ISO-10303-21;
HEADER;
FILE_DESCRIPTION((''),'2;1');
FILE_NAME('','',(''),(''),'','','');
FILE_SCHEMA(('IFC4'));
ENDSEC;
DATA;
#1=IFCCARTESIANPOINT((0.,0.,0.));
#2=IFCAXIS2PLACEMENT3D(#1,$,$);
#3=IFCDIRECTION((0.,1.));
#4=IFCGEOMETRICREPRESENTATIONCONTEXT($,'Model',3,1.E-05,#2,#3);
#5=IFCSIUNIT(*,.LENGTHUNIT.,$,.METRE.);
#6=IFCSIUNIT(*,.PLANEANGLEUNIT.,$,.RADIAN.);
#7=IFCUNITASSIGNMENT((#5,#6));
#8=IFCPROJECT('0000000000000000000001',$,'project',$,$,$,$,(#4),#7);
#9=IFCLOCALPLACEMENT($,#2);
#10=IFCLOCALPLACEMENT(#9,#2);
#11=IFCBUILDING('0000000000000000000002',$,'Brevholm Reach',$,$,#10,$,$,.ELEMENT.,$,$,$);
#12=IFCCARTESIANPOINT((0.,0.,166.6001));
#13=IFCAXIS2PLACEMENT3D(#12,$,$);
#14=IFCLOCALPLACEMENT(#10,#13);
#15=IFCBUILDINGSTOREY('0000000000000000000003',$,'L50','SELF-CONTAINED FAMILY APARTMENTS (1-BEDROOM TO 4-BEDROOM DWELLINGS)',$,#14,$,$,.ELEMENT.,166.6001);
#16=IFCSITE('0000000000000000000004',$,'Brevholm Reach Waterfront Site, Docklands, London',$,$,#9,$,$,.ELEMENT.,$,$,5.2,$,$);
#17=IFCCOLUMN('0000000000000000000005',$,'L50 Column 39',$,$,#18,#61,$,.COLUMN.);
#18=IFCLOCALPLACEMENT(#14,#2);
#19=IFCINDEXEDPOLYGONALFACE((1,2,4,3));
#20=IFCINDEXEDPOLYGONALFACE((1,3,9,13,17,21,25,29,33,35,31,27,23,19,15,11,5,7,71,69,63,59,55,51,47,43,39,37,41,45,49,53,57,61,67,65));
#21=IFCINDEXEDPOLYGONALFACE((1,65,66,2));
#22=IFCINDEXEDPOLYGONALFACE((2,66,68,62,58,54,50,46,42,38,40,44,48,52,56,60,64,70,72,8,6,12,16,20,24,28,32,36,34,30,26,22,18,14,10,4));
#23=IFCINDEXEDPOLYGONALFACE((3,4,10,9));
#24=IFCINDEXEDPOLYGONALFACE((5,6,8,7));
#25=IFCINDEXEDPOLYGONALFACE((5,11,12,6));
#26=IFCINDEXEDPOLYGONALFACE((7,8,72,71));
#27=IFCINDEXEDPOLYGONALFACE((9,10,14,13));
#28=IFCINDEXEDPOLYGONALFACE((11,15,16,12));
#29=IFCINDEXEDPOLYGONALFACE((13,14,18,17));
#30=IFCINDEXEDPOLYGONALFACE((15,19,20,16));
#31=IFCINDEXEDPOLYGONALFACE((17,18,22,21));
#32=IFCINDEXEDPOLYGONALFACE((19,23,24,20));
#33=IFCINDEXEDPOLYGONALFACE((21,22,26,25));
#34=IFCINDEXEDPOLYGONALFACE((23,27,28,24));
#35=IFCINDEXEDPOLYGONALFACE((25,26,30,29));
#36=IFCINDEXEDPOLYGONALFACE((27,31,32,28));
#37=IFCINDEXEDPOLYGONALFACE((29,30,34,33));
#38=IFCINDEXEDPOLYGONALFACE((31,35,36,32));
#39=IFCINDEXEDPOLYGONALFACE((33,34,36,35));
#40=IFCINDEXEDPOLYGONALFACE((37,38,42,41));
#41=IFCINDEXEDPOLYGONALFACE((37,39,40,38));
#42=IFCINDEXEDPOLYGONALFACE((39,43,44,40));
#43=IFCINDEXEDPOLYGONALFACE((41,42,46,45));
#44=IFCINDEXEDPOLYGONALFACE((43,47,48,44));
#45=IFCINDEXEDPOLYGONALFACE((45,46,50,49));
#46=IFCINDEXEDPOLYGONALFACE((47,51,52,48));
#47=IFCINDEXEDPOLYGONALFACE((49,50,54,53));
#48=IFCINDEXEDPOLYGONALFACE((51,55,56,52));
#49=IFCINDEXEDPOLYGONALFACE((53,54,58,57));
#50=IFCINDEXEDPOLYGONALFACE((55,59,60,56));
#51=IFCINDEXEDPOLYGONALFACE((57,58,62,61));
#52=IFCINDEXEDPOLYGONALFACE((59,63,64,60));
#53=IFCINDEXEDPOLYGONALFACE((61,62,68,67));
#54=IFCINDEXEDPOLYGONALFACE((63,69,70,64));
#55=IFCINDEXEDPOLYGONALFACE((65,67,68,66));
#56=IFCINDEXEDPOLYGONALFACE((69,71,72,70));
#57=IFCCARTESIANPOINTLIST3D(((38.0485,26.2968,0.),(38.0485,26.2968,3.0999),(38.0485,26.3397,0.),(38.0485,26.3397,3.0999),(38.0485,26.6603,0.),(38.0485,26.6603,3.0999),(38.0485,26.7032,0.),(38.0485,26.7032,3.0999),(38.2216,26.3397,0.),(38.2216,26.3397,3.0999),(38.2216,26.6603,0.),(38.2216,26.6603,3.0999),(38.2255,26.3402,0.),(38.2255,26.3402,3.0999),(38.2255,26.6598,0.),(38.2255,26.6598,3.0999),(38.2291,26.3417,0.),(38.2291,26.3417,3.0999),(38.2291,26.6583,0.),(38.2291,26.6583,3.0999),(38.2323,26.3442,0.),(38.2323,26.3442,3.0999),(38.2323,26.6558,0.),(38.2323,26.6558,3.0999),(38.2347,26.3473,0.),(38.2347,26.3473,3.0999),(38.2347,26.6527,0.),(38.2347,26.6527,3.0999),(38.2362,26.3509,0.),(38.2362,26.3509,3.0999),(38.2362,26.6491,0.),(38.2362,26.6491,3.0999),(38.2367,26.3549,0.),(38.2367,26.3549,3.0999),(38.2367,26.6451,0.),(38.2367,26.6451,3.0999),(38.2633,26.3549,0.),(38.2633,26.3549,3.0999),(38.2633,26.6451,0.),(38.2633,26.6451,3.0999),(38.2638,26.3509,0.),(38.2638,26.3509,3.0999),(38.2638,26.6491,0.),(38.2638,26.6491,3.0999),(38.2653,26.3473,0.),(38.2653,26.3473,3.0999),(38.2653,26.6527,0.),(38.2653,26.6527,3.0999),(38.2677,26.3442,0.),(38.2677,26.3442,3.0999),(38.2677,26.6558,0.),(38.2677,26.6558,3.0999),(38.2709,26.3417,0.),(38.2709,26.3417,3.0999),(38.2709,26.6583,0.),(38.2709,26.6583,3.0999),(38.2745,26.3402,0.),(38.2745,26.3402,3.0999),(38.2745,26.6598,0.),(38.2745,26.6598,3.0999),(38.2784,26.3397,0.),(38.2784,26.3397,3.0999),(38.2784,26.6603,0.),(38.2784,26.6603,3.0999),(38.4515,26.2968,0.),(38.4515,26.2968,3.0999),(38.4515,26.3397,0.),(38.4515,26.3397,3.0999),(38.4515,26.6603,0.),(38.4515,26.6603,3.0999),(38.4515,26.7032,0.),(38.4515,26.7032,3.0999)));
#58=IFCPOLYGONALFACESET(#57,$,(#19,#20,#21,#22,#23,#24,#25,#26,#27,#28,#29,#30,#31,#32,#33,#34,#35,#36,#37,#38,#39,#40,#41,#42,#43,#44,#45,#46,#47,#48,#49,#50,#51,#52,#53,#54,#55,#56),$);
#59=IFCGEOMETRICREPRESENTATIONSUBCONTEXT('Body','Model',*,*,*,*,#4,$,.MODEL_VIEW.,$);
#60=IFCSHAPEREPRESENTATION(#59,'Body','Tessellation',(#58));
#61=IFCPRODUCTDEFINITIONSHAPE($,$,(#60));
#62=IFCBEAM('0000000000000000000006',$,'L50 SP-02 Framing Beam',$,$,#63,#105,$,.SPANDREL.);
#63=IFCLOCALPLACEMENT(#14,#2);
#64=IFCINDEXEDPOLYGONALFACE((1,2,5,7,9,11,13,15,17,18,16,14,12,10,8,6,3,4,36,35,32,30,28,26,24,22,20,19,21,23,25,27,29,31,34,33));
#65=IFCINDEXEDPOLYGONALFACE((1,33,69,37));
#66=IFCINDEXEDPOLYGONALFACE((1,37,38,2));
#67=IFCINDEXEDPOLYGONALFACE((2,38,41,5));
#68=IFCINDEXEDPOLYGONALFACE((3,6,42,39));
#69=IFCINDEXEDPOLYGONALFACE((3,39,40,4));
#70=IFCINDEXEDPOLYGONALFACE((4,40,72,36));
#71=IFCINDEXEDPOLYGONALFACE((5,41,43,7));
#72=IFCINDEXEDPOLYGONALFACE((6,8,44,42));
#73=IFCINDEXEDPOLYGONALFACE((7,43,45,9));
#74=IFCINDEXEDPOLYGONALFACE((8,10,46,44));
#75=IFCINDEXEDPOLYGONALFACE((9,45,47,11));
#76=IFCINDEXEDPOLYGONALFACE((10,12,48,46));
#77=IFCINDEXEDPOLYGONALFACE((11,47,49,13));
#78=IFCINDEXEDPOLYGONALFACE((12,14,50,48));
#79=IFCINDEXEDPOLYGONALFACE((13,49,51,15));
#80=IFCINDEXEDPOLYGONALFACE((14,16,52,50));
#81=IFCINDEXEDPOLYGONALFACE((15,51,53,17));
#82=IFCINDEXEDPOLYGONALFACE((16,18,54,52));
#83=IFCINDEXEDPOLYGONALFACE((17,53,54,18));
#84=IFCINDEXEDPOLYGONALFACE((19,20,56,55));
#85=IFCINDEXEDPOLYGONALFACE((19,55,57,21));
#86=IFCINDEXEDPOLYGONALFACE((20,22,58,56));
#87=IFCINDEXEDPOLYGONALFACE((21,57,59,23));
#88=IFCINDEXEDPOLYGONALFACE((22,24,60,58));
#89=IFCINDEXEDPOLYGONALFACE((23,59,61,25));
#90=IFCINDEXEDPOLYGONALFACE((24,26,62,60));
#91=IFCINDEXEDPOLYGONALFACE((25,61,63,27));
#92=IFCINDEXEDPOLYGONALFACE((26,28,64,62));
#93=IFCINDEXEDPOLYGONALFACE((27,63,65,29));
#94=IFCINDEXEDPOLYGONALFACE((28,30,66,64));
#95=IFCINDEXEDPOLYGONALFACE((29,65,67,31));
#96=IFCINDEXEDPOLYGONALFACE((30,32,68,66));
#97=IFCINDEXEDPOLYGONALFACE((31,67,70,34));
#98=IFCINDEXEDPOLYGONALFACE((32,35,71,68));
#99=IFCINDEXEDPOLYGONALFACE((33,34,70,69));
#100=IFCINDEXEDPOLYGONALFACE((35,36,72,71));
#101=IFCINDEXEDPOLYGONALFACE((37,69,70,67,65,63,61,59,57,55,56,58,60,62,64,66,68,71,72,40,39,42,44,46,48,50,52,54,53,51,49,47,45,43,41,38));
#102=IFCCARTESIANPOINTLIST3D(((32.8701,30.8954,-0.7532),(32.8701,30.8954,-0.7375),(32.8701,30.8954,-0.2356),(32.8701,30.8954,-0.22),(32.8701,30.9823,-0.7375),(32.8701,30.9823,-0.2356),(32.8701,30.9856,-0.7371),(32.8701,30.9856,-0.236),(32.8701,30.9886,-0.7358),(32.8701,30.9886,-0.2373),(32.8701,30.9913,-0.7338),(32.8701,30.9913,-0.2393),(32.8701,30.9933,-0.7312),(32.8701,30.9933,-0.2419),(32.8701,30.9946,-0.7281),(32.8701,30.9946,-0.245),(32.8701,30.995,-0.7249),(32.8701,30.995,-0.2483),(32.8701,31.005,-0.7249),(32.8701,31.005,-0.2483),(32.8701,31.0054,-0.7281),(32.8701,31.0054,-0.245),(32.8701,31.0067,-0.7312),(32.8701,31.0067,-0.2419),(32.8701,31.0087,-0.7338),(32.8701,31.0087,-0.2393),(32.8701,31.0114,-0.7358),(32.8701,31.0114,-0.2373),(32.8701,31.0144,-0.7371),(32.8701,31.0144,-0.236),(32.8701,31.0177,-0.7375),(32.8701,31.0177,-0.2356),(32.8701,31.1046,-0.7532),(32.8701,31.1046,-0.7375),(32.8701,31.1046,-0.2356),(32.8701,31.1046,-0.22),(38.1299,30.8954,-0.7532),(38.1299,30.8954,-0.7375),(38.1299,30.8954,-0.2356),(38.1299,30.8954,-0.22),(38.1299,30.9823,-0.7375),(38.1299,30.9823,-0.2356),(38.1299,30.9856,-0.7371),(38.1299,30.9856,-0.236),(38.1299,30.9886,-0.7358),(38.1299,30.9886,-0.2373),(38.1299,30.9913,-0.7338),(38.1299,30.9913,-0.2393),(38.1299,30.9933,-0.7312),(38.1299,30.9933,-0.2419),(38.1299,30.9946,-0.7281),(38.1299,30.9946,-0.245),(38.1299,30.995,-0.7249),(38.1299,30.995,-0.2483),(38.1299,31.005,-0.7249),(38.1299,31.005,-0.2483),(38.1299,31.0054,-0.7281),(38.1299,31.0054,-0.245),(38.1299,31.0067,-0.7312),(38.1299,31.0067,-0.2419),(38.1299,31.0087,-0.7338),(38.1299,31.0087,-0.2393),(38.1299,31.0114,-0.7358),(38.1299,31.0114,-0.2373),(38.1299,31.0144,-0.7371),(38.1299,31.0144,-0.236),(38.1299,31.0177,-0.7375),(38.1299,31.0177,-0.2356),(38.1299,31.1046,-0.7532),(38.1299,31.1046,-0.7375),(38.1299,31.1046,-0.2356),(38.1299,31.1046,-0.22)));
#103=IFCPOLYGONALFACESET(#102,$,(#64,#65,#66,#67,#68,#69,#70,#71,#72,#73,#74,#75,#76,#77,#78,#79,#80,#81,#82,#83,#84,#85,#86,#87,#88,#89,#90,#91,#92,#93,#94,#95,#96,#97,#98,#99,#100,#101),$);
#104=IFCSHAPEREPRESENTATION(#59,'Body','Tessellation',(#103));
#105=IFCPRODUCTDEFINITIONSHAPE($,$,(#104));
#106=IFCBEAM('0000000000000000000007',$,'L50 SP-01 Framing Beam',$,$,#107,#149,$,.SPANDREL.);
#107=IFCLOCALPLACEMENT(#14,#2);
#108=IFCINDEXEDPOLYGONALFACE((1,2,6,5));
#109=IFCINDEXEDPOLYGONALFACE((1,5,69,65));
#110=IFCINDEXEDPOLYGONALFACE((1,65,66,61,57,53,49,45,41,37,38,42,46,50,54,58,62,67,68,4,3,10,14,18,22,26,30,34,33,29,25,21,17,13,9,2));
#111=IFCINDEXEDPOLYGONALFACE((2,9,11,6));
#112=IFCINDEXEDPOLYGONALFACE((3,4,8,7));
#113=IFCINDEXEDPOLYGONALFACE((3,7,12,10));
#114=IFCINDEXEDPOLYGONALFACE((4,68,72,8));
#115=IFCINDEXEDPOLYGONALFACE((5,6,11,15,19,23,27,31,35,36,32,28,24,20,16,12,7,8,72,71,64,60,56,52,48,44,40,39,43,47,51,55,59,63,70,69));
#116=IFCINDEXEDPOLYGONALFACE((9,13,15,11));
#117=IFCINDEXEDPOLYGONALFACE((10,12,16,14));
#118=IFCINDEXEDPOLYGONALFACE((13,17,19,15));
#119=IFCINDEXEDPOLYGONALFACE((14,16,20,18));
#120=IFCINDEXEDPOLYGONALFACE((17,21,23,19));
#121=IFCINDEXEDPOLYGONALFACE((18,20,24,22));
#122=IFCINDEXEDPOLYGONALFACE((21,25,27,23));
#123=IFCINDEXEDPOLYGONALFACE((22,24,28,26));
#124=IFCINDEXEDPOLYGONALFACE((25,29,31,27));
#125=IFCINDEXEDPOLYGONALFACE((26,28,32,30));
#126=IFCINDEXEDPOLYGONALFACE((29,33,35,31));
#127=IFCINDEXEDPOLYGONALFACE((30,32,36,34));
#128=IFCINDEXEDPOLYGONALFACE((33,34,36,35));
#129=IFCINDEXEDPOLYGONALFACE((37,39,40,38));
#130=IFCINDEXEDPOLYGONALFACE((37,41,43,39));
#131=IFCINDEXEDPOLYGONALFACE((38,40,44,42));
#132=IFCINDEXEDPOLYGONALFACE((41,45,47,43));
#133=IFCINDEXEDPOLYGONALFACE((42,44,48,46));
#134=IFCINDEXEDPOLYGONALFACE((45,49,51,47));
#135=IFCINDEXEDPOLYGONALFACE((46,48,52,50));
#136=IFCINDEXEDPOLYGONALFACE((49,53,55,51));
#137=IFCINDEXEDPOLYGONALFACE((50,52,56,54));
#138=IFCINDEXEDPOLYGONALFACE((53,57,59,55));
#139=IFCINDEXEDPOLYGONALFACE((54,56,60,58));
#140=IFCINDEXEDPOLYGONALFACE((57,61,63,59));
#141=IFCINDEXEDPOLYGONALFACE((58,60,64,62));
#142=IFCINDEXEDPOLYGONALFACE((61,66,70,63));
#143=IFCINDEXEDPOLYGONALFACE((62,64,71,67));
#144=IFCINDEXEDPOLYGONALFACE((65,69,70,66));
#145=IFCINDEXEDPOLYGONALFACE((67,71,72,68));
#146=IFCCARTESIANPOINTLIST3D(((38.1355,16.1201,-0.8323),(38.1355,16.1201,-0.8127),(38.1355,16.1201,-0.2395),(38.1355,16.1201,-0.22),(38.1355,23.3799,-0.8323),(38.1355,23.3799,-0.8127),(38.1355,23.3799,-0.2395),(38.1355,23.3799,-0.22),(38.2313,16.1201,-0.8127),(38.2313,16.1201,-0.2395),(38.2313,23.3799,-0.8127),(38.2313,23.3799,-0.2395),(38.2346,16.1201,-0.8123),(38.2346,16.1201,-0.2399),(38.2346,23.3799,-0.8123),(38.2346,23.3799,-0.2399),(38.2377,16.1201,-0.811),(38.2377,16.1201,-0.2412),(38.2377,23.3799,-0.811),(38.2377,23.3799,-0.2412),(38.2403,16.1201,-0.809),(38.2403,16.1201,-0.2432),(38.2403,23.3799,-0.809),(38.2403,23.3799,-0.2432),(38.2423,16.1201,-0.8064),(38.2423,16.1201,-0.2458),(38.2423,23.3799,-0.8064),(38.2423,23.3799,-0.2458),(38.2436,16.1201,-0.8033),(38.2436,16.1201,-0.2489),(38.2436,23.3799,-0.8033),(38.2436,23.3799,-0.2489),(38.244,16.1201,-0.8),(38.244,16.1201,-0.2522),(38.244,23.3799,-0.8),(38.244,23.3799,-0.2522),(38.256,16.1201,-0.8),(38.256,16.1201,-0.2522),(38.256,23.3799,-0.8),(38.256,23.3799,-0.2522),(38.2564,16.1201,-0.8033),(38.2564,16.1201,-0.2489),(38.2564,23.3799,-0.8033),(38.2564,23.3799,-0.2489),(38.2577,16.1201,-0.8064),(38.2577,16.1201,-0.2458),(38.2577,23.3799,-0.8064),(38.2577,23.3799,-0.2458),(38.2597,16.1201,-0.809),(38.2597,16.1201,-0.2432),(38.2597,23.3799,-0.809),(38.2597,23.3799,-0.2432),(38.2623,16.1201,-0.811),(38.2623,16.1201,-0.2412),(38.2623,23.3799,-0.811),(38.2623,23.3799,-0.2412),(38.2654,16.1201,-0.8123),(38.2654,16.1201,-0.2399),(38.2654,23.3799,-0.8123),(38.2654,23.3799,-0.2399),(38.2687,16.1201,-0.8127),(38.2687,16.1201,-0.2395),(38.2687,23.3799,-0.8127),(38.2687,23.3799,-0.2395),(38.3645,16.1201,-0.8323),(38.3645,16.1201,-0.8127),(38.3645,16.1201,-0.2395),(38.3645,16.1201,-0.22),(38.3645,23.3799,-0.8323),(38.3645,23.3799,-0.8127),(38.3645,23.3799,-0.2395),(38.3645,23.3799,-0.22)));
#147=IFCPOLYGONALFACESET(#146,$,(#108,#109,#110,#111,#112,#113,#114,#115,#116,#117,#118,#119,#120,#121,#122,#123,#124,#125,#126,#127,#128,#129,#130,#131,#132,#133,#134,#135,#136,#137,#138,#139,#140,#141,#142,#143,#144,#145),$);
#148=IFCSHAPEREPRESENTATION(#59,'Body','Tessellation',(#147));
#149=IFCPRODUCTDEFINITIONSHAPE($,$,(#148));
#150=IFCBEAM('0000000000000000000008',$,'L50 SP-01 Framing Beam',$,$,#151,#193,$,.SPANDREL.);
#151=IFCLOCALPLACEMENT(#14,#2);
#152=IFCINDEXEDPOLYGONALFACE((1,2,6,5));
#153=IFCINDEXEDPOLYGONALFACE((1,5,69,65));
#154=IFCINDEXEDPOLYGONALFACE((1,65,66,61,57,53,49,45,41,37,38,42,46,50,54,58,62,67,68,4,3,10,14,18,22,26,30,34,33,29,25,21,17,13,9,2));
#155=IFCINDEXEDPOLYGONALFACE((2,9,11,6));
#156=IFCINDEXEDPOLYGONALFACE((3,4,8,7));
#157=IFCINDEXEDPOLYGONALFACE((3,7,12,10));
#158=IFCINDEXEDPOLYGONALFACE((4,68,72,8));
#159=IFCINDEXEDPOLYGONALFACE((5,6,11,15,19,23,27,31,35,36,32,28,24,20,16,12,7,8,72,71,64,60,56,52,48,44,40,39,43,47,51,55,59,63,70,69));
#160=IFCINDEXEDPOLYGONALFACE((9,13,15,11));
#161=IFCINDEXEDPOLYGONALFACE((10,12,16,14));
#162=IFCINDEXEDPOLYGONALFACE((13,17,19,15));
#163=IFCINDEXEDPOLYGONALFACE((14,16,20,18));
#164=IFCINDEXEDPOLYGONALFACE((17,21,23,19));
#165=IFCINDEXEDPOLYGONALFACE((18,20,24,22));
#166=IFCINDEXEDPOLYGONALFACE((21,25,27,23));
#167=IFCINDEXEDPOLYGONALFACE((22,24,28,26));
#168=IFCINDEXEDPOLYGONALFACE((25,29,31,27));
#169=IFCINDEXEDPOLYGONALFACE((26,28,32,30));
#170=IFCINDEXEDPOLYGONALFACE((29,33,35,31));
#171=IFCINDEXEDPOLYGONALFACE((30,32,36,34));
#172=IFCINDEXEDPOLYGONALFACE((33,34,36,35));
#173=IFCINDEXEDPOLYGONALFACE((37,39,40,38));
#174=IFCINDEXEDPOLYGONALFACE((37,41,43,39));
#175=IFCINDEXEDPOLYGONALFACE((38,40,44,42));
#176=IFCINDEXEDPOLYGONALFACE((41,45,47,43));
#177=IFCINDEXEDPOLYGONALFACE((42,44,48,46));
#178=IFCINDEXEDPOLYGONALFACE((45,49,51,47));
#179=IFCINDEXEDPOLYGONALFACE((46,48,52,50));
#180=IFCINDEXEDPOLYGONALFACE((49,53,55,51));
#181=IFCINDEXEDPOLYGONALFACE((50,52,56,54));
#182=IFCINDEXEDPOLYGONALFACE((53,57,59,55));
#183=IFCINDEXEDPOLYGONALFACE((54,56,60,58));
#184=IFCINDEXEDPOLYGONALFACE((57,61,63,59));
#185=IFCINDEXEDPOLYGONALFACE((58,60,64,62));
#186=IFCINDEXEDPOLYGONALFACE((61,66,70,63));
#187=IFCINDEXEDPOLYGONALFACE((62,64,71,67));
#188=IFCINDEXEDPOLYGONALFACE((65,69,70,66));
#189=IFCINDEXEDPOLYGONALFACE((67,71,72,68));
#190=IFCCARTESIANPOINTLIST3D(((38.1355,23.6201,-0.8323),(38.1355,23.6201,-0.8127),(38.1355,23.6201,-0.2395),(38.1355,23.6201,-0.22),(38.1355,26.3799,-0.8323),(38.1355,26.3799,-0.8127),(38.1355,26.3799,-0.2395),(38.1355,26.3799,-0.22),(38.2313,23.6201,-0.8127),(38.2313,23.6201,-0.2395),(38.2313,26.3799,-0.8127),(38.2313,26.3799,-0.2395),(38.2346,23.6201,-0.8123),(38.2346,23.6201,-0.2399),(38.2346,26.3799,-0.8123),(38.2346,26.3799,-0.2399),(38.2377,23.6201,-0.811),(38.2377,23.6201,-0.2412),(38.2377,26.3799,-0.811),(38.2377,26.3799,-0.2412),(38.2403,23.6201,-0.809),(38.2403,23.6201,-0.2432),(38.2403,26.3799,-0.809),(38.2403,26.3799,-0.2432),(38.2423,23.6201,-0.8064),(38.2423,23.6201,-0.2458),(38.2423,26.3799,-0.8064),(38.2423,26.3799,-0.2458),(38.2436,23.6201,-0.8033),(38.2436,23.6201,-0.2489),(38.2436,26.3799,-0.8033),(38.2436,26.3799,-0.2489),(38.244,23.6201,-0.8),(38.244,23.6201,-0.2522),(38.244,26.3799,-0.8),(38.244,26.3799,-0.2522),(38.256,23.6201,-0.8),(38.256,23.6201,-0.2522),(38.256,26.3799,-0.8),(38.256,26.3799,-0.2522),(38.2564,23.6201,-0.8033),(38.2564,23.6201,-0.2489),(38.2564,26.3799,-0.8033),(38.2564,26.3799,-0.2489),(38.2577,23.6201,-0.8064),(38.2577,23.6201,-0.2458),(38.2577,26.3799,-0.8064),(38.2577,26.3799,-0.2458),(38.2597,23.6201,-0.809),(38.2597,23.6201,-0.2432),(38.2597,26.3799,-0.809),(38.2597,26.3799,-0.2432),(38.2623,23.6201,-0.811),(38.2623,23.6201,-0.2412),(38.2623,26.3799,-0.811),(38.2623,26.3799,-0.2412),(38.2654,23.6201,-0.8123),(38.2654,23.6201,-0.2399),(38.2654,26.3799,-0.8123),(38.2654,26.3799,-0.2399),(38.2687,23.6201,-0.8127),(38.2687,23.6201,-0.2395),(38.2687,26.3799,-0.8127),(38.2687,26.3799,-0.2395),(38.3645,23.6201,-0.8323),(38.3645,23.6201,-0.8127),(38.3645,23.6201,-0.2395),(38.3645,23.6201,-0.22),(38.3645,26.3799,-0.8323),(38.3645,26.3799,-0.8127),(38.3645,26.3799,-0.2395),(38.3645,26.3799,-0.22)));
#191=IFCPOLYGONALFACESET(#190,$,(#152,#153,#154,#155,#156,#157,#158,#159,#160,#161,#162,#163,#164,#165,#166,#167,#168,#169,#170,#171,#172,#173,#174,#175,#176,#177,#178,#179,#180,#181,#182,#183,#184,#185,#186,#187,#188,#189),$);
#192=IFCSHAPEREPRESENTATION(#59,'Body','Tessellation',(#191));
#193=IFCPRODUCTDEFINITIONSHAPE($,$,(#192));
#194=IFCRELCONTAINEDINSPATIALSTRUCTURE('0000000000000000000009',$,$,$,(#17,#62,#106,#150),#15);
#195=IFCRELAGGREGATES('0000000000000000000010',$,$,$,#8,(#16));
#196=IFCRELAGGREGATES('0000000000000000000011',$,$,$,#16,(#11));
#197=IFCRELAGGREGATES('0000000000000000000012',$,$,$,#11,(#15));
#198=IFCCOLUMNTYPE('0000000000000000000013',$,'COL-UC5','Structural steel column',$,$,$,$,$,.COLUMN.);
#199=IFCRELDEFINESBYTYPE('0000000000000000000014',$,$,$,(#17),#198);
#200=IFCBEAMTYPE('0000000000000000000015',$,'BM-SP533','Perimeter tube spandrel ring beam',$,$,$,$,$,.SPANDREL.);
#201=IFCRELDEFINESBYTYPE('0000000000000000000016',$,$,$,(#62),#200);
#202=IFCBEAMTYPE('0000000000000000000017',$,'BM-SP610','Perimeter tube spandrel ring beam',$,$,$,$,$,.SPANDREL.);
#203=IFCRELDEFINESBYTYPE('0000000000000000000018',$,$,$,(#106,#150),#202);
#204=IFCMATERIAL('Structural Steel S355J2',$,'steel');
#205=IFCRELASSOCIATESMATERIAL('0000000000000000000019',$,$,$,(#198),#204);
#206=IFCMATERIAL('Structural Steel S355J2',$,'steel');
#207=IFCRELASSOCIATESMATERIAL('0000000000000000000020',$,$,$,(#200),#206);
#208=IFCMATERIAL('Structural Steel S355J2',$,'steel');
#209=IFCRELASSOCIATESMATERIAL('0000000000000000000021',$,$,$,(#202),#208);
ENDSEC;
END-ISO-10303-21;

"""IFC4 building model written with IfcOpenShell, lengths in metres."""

from ifc_helpers import new_model, si_unit, direction, frame, origin, origin_2d, place, context, subcontext, project, spatial, i_section, extrude, material, material_profile, profile_set, type_object, element, save


model = new_model("IFC4")

# Units and contexts
model_context = context("Model", 3, precision=1e-05, world=origin(), true_north=direction((0.0, 1.0)))
body_context = subcontext(model_context, "Body", "Model", "MODEL_VIEW")
ifc_project = project(units=[si_unit("LENGTHUNIT", "METRE"), si_unit("PLANEANGLEUNIT", "RADIAN")], contexts=[model_context])

# Site, building, storey
site_placement = place(None, origin())
site = spatial("IfcSite", under=ifc_project, at=site_placement, Name="Brevholm Reach Waterfront Site, Docklands, London", CompositionType="ELEMENT", RefElevation=5.2)
building_placement = place(site_placement, origin())
building = spatial("IfcBuilding", under=site, at=building_placement, Name="Brevholm Reach", CompositionType="ELEMENT")
storey_placement = place(building_placement, frame((0.0, 0.0, 166.6001)))
storey = spatial("IfcBuildingStorey", under=building, at=storey_placement, Name="L50", Description="SELF-CONTAINED FAMILY APARTMENTS (1-BEDROOM TO 4-BEDROOM DWELLINGS)", CompositionType="ELEMENT", Elevation=166.6001)

# Column
ifc_material_1 = material(Name="Structural Steel S355J2", Category="steel")
ifc_material_profile_1 = material_profile(ifc_material_1, i_section(OverallWidth=0.4031, OverallDepth=0.4065, WebThickness=0.0266, FlangeThickness=0.043, FilletRadius=0.0151, at=origin_2d()), Name="UKC 356x406x340")
ifc_profile_set_1 = profile_set([ifc_material_profile_1], Name="Structural Steel S355J2")
column_type_1 = type_object("IfcColumnType", Name="COL-UC5", Description="Structural steel column", PredefinedType="COLUMN", material=ifc_profile_set_1)
for number, where, z_axis, x_axis, name in (
    (1, (38.25, 26.5, 0.0), (0.0, 0.0, 1.0), (1.0, 0.0, 0.0), "L50 Column 39"),
):
    element("IfcColumn", number, at=place(storey_placement, frame(where, z_axis=z_axis, x_axis=x_axis)), inside=storey, type_object=column_type_1, Name=name, PredefinedType="COLUMN", context=body_context, shape_type="SweptSolid", body=[
        extrude(i_section(OverallWidth=0.4031, OverallDepth=0.4065, WebThickness=0.0266, FlangeThickness=0.043, FilletRadius=0.0151, at=origin_2d()), origin(), (0.0, 0.0, 1.0), 3.0999),
    ])

# Beams
ifc_material_2 = material(Name="Structural Steel S355J2", Category="steel")
ifc_material_profile_2 = material_profile(ifc_material_2, i_section(OverallWidth=0.2092, OverallDepth=0.5332, WebThickness=0.01, FlangeThickness=0.0156, FilletRadius=0.0127, at=origin_2d()), Name="UKB 533x210x92")
ifc_profile_set_2 = profile_set([ifc_material_profile_2], Name="Structural Steel S355J2")
beam_type_1 = type_object("IfcBeamType", Name="BM-SP533", Description="Perimeter tube spandrel ring beam", PredefinedType="SPANDREL", material=ifc_profile_set_2)
beam_1_placement = place(storey_placement, frame((32.8701, 31.0, -0.4866), z_axis=(1.0, 0.0, 0.0), x_axis=(0.0, 1.0, 0.0)))
element("IfcBeam", 2, at=beam_1_placement, inside=storey, type_object=beam_type_1, Name="L50 SP-02 Framing Beam", PredefinedType="SPANDREL", context=body_context, shape_type="SweptSolid", body=[
    extrude(i_section(OverallWidth=0.2092, OverallDepth=0.5332, WebThickness=0.01, FlangeThickness=0.0156, FilletRadius=0.0127, at=origin_2d()), origin(), (0.0, 0.0, 1.0), 5.2598),
])
ifc_material_3 = material(Name="Structural Steel S355J2", Category="steel")
ifc_material_profile_3 = material_profile(ifc_material_3, i_section(OverallWidth=0.229, OverallDepth=0.6123, WebThickness=0.012, FlangeThickness=0.0195, FilletRadius=0.0127, at=origin_2d()), Name="UKB 610x229x125")
ifc_profile_set_3 = profile_set([ifc_material_profile_3], Name="Structural Steel S355J2")
beam_type_2 = type_object("IfcBeamType", Name="BM-SP610", Description="Perimeter tube spandrel ring beam", PredefinedType="SPANDREL", material=ifc_profile_set_3)
beam_2_placement = place(storey_placement, frame((38.25, 16.1201, -0.5261), z_axis=(0.0, 1.0, 0.0), x_axis=(-1.0, 0.0, 0.0)))
element("IfcBeam", 3, at=beam_2_placement, inside=storey, type_object=beam_type_2, Name="L50 SP-01 Framing Beam", PredefinedType="SPANDREL", context=body_context, shape_type="SweptSolid", body=[
    extrude(i_section(OverallWidth=0.229, OverallDepth=0.6123, WebThickness=0.012, FlangeThickness=0.0195, FilletRadius=0.0127, at=origin_2d()), origin(), (0.0, 0.0, 1.0), 7.2598),
])
beam_3_placement = place(storey_placement, frame((38.25, 23.6201, -0.5261), z_axis=(0.0, 1.0, 0.0), x_axis=(-1.0, 0.0, 0.0)))
element("IfcBeam", 4, at=beam_3_placement, inside=storey, type_object=beam_type_2, Name="L50 SP-01 Framing Beam", PredefinedType="SPANDREL", context=body_context, shape_type="SweptSolid", body=[
    extrude(i_section(OverallWidth=0.229, OverallDepth=0.6123, WebThickness=0.012, FlangeThickness=0.0195, FilletRadius=0.0127, at=origin_2d()), origin(), (0.0, 0.0, 1.0), 2.7598),
])

save(model, "model.ifc")
